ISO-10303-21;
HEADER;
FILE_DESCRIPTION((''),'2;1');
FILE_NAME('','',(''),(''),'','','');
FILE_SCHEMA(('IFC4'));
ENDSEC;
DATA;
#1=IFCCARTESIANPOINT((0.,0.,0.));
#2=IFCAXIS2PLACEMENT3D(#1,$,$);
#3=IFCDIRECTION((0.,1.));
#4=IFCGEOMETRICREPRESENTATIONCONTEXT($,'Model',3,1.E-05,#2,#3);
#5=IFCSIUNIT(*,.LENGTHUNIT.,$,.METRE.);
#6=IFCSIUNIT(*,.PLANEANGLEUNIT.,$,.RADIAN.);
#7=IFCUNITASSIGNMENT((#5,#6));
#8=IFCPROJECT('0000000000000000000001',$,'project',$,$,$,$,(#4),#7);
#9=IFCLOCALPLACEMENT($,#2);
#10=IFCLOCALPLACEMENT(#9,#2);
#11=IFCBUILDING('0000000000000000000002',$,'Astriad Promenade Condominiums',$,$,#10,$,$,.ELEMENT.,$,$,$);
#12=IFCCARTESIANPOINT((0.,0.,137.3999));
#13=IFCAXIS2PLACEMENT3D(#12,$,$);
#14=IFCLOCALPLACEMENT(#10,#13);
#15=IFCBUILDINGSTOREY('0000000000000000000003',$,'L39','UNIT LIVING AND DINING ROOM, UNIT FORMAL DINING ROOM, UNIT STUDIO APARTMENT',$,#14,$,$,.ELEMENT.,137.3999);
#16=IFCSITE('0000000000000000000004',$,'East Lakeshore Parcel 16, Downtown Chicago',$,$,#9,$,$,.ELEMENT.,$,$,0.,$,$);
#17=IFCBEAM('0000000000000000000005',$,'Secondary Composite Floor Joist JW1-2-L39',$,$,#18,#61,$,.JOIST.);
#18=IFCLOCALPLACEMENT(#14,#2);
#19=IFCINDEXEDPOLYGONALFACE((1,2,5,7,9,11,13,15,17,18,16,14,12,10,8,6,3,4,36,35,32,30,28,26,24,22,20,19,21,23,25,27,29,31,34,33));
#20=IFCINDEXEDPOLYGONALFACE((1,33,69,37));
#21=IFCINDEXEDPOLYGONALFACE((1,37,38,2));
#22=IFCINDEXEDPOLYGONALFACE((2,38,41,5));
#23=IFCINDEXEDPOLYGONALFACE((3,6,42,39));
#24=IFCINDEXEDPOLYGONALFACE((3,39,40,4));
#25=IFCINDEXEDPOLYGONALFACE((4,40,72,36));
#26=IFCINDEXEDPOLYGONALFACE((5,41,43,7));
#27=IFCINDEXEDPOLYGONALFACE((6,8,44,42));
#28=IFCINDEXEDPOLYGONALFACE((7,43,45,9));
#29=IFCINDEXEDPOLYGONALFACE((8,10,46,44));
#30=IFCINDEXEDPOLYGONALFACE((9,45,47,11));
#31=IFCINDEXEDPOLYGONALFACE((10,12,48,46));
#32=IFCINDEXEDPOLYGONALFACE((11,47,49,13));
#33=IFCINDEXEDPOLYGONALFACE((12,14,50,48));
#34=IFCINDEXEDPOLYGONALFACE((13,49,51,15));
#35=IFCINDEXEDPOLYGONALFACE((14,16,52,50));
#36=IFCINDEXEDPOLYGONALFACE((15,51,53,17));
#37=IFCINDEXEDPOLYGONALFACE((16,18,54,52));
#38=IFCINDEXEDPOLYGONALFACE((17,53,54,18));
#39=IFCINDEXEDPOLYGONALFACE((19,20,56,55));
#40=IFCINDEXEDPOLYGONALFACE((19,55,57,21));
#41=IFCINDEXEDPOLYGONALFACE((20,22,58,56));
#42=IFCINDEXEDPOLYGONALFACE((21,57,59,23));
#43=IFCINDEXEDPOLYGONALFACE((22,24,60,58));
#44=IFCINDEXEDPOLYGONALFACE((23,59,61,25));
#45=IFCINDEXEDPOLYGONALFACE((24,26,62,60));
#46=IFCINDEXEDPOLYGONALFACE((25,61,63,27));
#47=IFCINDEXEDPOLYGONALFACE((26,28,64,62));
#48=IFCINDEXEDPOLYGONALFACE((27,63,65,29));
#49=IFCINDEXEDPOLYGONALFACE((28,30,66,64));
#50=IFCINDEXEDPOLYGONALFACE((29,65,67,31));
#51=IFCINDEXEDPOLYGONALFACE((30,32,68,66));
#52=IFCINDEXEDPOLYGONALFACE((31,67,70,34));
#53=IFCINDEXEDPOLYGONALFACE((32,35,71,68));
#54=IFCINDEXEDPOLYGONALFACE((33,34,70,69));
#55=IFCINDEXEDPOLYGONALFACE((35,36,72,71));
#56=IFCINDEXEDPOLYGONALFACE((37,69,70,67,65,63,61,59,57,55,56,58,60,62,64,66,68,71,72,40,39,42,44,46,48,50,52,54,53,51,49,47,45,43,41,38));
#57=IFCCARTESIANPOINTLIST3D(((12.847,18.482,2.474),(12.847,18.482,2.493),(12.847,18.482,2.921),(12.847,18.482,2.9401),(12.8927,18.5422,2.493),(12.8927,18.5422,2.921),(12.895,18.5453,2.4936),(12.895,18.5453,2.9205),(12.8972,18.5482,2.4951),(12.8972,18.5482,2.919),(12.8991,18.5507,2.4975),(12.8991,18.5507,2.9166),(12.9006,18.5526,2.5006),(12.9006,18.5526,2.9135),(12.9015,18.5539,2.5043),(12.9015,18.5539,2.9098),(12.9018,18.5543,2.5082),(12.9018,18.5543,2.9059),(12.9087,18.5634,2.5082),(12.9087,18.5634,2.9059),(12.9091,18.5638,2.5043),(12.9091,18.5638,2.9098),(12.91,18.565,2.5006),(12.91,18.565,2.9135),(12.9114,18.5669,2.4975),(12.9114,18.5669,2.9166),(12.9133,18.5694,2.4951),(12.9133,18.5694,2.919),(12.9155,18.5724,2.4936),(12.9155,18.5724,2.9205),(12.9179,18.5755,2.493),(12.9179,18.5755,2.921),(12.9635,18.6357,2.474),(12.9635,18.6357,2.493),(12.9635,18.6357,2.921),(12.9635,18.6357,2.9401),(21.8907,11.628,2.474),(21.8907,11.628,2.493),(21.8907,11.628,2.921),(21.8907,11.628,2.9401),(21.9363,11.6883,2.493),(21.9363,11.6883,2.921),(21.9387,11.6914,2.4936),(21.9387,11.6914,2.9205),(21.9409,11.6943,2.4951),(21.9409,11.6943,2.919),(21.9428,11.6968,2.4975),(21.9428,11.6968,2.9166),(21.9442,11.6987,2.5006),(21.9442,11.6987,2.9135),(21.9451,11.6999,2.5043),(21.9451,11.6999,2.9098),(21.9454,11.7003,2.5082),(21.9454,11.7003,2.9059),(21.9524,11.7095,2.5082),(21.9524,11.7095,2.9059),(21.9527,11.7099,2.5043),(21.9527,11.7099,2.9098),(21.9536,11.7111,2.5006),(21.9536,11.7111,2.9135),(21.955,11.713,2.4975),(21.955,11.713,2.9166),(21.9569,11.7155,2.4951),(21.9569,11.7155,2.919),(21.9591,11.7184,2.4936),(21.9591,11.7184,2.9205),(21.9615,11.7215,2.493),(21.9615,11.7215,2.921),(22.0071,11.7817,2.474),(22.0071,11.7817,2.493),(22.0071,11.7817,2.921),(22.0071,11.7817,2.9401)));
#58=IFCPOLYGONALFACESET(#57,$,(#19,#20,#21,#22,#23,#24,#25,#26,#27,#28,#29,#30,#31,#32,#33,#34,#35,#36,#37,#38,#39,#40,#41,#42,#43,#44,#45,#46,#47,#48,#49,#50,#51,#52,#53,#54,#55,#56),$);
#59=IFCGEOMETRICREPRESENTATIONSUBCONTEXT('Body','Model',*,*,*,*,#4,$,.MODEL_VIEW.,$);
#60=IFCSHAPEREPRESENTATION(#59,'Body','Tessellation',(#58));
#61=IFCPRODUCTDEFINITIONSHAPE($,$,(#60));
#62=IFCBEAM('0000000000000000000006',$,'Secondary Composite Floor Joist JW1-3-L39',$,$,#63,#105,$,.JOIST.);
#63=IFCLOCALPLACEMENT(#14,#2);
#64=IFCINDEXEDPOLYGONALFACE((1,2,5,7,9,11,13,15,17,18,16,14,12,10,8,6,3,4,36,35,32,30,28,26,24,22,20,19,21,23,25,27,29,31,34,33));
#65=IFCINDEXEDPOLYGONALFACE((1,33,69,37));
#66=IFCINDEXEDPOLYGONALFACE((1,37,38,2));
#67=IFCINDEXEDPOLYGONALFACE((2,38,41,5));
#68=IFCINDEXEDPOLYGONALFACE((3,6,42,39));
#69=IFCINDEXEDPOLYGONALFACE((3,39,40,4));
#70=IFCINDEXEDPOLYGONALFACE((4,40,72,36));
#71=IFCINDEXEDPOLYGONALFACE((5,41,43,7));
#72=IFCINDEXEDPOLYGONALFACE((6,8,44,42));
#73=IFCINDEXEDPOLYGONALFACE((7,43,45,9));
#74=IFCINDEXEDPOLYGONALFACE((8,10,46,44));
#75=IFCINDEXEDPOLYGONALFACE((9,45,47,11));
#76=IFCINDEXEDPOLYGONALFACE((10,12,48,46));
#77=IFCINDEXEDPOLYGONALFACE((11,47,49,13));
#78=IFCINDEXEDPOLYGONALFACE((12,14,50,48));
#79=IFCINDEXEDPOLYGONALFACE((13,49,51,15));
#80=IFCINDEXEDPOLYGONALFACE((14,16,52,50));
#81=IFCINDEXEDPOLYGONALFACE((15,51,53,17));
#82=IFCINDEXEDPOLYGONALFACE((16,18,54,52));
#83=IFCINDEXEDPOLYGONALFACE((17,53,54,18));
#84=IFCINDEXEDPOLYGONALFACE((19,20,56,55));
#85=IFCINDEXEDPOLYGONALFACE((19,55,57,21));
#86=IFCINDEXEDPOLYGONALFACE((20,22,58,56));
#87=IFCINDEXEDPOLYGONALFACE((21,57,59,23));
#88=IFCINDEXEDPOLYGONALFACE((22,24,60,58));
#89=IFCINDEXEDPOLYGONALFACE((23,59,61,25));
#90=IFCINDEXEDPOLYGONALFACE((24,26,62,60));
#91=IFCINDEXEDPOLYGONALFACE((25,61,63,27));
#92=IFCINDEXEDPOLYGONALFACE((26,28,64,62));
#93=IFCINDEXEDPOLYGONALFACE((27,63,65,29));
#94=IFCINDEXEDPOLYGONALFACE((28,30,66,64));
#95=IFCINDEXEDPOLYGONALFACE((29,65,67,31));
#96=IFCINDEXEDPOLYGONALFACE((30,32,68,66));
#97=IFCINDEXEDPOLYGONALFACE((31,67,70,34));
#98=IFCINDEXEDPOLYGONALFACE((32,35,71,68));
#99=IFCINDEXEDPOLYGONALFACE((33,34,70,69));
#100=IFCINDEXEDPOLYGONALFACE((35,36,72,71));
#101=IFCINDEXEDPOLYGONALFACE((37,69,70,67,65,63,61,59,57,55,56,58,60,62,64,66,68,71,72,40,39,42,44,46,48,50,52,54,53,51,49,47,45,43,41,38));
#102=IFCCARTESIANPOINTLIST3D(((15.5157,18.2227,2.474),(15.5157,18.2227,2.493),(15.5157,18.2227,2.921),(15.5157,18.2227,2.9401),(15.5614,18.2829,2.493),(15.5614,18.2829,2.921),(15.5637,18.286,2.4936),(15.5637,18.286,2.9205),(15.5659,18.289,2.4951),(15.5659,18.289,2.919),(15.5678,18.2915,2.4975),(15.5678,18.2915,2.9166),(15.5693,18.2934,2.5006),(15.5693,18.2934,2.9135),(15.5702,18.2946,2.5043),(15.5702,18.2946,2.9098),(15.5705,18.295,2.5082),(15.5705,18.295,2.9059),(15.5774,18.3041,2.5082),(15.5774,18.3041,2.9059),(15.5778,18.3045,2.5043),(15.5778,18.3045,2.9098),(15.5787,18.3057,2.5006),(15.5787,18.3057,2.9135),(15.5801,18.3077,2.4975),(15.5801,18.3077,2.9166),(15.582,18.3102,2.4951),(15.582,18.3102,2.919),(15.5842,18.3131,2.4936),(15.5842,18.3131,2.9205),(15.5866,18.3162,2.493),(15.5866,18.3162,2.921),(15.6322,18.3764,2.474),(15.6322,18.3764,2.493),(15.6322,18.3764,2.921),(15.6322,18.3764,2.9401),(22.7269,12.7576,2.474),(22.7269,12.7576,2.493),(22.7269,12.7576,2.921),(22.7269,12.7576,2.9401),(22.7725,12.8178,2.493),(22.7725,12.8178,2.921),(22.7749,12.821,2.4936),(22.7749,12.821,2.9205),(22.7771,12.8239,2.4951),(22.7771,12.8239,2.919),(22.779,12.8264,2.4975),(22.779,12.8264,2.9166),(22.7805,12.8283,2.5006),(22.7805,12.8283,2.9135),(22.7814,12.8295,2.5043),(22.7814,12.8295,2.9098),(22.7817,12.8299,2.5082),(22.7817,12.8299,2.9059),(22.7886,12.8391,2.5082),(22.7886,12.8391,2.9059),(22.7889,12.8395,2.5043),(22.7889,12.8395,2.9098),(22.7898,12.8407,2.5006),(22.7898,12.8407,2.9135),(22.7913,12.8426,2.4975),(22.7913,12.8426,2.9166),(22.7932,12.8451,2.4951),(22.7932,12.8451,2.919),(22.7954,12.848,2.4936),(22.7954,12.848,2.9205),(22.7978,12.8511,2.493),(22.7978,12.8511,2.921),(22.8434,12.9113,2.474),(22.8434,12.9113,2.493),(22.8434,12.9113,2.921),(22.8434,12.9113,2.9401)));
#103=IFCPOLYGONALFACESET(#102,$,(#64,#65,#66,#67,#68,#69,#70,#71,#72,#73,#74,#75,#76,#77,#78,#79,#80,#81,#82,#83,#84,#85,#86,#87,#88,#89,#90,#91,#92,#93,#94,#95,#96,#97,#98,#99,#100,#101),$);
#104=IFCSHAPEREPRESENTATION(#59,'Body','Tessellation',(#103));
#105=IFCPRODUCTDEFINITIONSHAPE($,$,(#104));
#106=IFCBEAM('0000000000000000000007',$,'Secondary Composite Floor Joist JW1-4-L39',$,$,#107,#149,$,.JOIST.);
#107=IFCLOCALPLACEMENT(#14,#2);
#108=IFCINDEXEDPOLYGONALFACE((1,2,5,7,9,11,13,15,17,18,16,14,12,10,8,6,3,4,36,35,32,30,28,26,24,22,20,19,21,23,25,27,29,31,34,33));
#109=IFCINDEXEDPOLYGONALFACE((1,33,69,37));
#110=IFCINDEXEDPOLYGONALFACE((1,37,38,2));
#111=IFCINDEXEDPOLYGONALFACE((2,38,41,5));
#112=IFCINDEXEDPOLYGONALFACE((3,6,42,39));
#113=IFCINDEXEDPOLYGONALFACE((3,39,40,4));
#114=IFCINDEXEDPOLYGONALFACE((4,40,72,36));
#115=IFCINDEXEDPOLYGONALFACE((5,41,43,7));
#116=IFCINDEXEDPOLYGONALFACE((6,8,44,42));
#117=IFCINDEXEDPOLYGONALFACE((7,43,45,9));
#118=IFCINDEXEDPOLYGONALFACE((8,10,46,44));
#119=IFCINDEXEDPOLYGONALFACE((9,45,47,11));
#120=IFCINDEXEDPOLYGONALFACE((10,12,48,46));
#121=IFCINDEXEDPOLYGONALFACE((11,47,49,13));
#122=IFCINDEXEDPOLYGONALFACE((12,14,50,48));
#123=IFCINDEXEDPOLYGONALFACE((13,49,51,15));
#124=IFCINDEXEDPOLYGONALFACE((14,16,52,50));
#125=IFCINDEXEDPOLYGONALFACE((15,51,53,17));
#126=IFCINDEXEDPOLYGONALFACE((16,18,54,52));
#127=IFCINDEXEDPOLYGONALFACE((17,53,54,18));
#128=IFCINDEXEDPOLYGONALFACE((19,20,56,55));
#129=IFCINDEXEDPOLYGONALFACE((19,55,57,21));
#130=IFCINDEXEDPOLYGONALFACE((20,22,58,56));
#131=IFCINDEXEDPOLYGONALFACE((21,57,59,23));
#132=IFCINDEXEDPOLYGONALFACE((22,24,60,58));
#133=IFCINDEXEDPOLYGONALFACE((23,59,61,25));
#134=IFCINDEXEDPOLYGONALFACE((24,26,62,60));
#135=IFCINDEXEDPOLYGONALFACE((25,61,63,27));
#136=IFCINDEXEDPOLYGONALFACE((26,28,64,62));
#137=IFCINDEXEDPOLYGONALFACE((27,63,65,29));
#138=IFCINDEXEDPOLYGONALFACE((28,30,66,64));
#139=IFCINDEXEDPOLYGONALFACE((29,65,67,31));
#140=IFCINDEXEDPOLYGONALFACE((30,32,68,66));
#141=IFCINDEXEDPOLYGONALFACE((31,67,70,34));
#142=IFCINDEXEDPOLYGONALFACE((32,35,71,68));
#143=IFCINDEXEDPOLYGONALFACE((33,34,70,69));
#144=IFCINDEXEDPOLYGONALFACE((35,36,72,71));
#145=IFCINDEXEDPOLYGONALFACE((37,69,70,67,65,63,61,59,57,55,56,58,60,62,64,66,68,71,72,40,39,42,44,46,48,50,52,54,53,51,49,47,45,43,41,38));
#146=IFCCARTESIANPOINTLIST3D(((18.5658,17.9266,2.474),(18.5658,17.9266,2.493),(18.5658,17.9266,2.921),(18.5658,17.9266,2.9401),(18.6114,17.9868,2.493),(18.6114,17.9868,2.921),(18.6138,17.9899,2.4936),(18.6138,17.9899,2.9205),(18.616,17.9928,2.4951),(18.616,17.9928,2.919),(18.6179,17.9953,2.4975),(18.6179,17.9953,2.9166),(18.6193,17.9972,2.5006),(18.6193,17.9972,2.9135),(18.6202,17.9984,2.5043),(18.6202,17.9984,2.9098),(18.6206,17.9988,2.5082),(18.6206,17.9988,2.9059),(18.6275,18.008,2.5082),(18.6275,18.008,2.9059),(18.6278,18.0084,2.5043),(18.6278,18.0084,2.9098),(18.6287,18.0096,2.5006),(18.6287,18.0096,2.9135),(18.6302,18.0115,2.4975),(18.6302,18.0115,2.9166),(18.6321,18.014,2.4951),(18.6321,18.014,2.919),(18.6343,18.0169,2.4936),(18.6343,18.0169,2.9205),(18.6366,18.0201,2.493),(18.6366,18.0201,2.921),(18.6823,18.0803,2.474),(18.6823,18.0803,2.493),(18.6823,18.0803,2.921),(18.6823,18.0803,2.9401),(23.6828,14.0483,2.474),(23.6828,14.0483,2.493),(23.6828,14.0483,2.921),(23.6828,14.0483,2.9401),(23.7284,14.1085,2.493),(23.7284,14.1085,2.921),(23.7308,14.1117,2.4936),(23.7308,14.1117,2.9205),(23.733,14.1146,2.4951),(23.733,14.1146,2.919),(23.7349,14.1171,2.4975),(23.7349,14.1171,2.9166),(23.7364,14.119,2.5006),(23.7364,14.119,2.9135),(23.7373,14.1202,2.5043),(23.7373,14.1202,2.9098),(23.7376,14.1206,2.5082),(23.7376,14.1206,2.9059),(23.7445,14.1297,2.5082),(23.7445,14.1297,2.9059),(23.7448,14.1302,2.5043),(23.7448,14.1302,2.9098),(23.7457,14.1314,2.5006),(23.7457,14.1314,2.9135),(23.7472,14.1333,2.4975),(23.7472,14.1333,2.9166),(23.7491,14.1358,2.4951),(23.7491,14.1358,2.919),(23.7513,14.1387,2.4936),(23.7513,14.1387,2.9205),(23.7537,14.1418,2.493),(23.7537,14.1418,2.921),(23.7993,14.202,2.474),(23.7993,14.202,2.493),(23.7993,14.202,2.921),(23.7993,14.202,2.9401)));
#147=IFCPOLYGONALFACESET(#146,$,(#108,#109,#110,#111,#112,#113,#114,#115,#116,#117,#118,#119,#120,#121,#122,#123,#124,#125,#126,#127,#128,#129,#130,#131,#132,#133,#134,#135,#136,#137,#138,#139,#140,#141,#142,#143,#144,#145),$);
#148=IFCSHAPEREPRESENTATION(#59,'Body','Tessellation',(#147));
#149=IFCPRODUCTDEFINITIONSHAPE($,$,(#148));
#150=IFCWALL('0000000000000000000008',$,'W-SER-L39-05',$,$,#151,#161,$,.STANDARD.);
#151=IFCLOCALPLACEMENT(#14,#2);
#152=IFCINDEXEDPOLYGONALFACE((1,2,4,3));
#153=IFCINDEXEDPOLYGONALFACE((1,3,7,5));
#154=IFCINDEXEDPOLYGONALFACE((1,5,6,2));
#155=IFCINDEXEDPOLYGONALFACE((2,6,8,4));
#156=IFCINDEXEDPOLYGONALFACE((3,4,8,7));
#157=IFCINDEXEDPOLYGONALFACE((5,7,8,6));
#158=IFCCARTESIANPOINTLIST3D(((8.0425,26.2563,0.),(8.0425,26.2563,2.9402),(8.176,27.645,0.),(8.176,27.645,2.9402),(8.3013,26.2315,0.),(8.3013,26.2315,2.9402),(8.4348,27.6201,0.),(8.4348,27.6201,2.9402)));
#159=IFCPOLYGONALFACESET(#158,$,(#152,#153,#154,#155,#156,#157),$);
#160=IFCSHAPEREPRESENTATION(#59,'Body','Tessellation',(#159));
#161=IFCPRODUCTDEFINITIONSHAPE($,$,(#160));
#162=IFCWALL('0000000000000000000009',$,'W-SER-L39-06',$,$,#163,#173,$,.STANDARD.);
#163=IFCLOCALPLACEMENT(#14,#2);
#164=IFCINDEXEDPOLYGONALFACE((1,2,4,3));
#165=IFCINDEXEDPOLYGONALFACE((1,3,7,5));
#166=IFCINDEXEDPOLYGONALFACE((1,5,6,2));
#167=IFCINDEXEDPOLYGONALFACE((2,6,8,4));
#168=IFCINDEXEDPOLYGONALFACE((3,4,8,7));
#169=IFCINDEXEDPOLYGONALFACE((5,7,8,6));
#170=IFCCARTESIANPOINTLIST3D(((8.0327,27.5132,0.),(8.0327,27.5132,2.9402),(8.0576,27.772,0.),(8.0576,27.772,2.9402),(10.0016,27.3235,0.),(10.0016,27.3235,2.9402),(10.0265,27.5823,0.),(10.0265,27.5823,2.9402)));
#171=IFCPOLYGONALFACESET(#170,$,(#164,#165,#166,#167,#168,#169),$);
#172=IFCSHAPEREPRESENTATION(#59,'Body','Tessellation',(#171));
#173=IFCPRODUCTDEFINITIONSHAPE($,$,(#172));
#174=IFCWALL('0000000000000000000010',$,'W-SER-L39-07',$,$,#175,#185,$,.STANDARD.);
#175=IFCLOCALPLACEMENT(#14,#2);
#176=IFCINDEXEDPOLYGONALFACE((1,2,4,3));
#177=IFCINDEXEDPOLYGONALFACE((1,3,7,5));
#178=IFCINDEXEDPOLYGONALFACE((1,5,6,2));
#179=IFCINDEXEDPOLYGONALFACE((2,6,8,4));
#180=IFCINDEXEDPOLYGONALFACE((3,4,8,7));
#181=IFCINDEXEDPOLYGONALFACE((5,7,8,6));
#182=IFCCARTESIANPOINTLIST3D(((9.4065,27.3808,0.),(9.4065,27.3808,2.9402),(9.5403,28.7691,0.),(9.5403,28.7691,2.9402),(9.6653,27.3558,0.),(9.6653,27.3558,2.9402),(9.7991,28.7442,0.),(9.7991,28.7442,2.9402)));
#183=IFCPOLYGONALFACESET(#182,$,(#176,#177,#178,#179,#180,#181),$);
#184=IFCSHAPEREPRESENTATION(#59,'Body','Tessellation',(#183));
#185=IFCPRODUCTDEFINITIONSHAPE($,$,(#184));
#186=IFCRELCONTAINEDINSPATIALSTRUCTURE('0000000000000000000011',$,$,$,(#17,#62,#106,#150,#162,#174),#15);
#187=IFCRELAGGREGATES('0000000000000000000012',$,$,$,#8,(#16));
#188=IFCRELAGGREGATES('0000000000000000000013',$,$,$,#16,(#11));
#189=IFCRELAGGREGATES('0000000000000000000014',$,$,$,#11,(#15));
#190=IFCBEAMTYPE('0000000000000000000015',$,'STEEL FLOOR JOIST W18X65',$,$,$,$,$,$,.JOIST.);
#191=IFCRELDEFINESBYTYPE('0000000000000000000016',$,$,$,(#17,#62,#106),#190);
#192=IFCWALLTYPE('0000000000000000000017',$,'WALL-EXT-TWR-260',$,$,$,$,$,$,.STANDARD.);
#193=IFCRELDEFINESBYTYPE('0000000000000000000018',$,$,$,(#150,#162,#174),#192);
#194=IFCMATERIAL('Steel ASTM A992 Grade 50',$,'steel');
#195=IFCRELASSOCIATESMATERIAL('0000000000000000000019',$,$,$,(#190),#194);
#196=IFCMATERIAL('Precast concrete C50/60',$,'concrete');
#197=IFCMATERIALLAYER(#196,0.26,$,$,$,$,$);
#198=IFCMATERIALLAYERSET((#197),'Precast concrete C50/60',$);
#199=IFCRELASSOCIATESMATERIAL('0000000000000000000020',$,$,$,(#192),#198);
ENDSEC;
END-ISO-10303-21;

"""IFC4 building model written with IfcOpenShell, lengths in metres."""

from ifc_helpers import new_model, si_unit, direction, frame, frame_2d, origin, origin_2d, place, context, subcontext, project, spatial, rectangle, i_section, extrude, source, transform, mapped, material, layer, layer_set, material_profile, profile_set, type_object, element, save


model = new_model("IFC4")

# Units and contexts
model_context = context("Model", 3, precision=1e-05, world=origin(), true_north=direction((0.0, 1.0)))
body_context = subcontext(model_context, "Body", "Model", "MODEL_VIEW")
ifc_project = project(units=[si_unit("LENGTHUNIT", "METRE"), si_unit("PLANEANGLEUNIT", "RADIAN")], contexts=[model_context])

# Site, building, storey
site_placement = place(None, origin())
site = spatial("IfcSite", under=ifc_project, at=site_placement, Name="East Lakeshore Parcel 16, Downtown Chicago", CompositionType="ELEMENT", RefElevation=0.0)
building_placement = place(site_placement, origin())
building = spatial("IfcBuilding", under=site, at=building_placement, Name="Astriad Promenade Condominiums", CompositionType="ELEMENT")
storey_placement = place(building_placement, frame((0.0, 0.0, 137.3999)))
storey = spatial("IfcBuildingStorey", under=building, at=storey_placement, Name="L39", Description="UNIT LIVING AND DINING ROOM, UNIT FORMAL DINING ROOM, UNIT STUDIO APARTMENT", CompositionType="ELEMENT", Elevation=137.3999)

# Beams
ifc_material_1 = material(Name="Steel ASTM A992 Grade 50", Category="steel")
ifc_material_profile_1 = material_profile(ifc_material_1, i_section(OverallWidth=0.1929, OverallDepth=0.4661, WebThickness=0.0115, FlangeThickness=0.019, FilletRadius=0.0151, at=origin_2d()), Name="W18X65")
ifc_profile_set_1 = profile_set([ifc_material_profile_1], Name="Steel ASTM A992 Grade 50")
beam_type_1 = type_object("IfcBeamType", Name="STEEL FLOOR JOIST W18X65", PredefinedType="JOIST", material=ifc_profile_set_1)
shared_shape_1 = source(origin(), body_context, "Body", "SweptSolid", [
    extrude(i_section(OverallWidth=0.1929, OverallDepth=0.4661, WebThickness=0.0115, FlangeThickness=0.019, FilletRadius=0.0151, at=origin_2d()), origin(), (0.0, 0.0, 1.0), 11.3474),
])
beam_1_placement = place(storey_placement, frame((12.9053, 18.5588, 2.707), z_axis=(0.796977, -0.60401, 0.0), x_axis=(0.60401, 0.796977, 0.0)))
element("IfcBeam", 1, at=beam_1_placement, inside=storey, type_object=beam_type_1, Name="Secondary Composite Floor Joist JW1-2-L39", PredefinedType="JOIST", context=body_context, shape_type="MappedRepresentation", body=[
    mapped(shared_shape_1, transform((0.0, 0.0, 0.0), scale=1.0)),
])
shared_shape_2 = source(origin(), body_context, "Body", "SweptSolid", [
    extrude(i_section(OverallWidth=0.1929, OverallDepth=0.4661, WebThickness=0.0115, FlangeThickness=0.019, FilletRadius=0.0151, at=origin_2d()), origin(), (0.0, 0.0, 1.0), 9.0481),
])
beam_2_placement = place(storey_placement, frame((15.574, 18.2996, 2.707), z_axis=(0.796982, -0.604003, 0.0), x_axis=(0.604003, 0.796982, 0.0)))
element("IfcBeam", 2, at=beam_2_placement, inside=storey, type_object=beam_type_1, Name="Secondary Composite Floor Joist JW1-3-L39", PredefinedType="JOIST", context=body_context, shape_type="MappedRepresentation", body=[
    mapped(shared_shape_2, transform((0.0, 0.0, 0.0), scale=1.0)),
])
shared_shape_3 = source(origin(), body_context, "Body", "SweptSolid", [
    extrude(i_section(OverallWidth=0.1929, OverallDepth=0.4661, WebThickness=0.0115, FlangeThickness=0.019, FilletRadius=0.0151, at=origin_2d()), origin(), (0.0, 0.0, 1.0), 6.4207),
])
beam_3_placement = place(storey_placement, frame((18.624, 18.0034, 2.707), z_axis=(0.796965, -0.604026, 0.0), x_axis=(0.604026, 0.796965, 0.0)))
element("IfcBeam", 3, at=beam_3_placement, inside=storey, type_object=beam_type_1, Name="Secondary Composite Floor Joist JW1-4-L39", PredefinedType="JOIST", context=body_context, shape_type="MappedRepresentation", body=[
    mapped(shared_shape_3, transform((0.0, 0.0, 0.0), scale=1.0)),
])

# Walls
ifc_material_2 = material(Name="Precast concrete C50/60", Category="concrete")
ifc_layer_1 = layer(ifc_material_2, 0.26)
ifc_layer_set_1 = layer_set([ifc_layer_1], Name="Precast concrete C50/60")
wall_type_1 = type_object("IfcWallType", Name="WALL-EXT-TWR-260", PredefinedType="STANDARD", material=ifc_layer_set_1)
wall_1_placement = place(storey_placement, frame((8.1719, 26.2439, 0.0), z_axis=(0.0, 0.0, 1.0), x_axis=(0.095726, 0.995408, 0.0)))
element("IfcWall", 4, at=wall_1_placement, inside=storey, type_object=wall_type_1, Name="W-SER-L39-05", PredefinedType="STANDARD", context=body_context, shape_type="SweptSolid", body=[
    extrude(rectangle(XDim=1.395, YDim=0.26, at=frame_2d((0.6975, 0.0))), origin(), (0.0, 0.0, 1.0), 2.9402),
])
wall_2_placement = place(storey_placement, frame((8.0452, 27.6426, 0.0), z_axis=(0.0, 0.0, 1.0), x_axis=(0.995391, -0.095898, 0.0)))
element("IfcWall", 5, at=wall_2_placement, inside=storey, type_object=wall_type_1, Name="W-SER-L39-06", PredefinedType="STANDARD", context=body_context, shape_type="SweptSolid", body=[
    extrude(rectangle(XDim=1.978, YDim=0.26, at=frame_2d((0.989, 0.0))), origin(), (0.0, 0.0, 1.0), 2.9402),
])
wall_3_placement = place(storey_placement, frame((9.5359, 27.3684, 0.0), z_axis=(0.0, 0.0, 1.0), x_axis=(0.095916, 0.995389, 0.0)))
element("IfcWall", 6, at=wall_3_placement, inside=storey, type_object=wall_type_1, Name="W-SER-L39-07", PredefinedType="STANDARD", context=body_context, shape_type="SweptSolid", body=[
    extrude(rectangle(XDim=1.3948, YDim=0.26, at=frame_2d((0.6973, 0.0))), origin(), (0.0, 0.0, 1.0), 2.9402),
])

save(model, "model.ifc")
